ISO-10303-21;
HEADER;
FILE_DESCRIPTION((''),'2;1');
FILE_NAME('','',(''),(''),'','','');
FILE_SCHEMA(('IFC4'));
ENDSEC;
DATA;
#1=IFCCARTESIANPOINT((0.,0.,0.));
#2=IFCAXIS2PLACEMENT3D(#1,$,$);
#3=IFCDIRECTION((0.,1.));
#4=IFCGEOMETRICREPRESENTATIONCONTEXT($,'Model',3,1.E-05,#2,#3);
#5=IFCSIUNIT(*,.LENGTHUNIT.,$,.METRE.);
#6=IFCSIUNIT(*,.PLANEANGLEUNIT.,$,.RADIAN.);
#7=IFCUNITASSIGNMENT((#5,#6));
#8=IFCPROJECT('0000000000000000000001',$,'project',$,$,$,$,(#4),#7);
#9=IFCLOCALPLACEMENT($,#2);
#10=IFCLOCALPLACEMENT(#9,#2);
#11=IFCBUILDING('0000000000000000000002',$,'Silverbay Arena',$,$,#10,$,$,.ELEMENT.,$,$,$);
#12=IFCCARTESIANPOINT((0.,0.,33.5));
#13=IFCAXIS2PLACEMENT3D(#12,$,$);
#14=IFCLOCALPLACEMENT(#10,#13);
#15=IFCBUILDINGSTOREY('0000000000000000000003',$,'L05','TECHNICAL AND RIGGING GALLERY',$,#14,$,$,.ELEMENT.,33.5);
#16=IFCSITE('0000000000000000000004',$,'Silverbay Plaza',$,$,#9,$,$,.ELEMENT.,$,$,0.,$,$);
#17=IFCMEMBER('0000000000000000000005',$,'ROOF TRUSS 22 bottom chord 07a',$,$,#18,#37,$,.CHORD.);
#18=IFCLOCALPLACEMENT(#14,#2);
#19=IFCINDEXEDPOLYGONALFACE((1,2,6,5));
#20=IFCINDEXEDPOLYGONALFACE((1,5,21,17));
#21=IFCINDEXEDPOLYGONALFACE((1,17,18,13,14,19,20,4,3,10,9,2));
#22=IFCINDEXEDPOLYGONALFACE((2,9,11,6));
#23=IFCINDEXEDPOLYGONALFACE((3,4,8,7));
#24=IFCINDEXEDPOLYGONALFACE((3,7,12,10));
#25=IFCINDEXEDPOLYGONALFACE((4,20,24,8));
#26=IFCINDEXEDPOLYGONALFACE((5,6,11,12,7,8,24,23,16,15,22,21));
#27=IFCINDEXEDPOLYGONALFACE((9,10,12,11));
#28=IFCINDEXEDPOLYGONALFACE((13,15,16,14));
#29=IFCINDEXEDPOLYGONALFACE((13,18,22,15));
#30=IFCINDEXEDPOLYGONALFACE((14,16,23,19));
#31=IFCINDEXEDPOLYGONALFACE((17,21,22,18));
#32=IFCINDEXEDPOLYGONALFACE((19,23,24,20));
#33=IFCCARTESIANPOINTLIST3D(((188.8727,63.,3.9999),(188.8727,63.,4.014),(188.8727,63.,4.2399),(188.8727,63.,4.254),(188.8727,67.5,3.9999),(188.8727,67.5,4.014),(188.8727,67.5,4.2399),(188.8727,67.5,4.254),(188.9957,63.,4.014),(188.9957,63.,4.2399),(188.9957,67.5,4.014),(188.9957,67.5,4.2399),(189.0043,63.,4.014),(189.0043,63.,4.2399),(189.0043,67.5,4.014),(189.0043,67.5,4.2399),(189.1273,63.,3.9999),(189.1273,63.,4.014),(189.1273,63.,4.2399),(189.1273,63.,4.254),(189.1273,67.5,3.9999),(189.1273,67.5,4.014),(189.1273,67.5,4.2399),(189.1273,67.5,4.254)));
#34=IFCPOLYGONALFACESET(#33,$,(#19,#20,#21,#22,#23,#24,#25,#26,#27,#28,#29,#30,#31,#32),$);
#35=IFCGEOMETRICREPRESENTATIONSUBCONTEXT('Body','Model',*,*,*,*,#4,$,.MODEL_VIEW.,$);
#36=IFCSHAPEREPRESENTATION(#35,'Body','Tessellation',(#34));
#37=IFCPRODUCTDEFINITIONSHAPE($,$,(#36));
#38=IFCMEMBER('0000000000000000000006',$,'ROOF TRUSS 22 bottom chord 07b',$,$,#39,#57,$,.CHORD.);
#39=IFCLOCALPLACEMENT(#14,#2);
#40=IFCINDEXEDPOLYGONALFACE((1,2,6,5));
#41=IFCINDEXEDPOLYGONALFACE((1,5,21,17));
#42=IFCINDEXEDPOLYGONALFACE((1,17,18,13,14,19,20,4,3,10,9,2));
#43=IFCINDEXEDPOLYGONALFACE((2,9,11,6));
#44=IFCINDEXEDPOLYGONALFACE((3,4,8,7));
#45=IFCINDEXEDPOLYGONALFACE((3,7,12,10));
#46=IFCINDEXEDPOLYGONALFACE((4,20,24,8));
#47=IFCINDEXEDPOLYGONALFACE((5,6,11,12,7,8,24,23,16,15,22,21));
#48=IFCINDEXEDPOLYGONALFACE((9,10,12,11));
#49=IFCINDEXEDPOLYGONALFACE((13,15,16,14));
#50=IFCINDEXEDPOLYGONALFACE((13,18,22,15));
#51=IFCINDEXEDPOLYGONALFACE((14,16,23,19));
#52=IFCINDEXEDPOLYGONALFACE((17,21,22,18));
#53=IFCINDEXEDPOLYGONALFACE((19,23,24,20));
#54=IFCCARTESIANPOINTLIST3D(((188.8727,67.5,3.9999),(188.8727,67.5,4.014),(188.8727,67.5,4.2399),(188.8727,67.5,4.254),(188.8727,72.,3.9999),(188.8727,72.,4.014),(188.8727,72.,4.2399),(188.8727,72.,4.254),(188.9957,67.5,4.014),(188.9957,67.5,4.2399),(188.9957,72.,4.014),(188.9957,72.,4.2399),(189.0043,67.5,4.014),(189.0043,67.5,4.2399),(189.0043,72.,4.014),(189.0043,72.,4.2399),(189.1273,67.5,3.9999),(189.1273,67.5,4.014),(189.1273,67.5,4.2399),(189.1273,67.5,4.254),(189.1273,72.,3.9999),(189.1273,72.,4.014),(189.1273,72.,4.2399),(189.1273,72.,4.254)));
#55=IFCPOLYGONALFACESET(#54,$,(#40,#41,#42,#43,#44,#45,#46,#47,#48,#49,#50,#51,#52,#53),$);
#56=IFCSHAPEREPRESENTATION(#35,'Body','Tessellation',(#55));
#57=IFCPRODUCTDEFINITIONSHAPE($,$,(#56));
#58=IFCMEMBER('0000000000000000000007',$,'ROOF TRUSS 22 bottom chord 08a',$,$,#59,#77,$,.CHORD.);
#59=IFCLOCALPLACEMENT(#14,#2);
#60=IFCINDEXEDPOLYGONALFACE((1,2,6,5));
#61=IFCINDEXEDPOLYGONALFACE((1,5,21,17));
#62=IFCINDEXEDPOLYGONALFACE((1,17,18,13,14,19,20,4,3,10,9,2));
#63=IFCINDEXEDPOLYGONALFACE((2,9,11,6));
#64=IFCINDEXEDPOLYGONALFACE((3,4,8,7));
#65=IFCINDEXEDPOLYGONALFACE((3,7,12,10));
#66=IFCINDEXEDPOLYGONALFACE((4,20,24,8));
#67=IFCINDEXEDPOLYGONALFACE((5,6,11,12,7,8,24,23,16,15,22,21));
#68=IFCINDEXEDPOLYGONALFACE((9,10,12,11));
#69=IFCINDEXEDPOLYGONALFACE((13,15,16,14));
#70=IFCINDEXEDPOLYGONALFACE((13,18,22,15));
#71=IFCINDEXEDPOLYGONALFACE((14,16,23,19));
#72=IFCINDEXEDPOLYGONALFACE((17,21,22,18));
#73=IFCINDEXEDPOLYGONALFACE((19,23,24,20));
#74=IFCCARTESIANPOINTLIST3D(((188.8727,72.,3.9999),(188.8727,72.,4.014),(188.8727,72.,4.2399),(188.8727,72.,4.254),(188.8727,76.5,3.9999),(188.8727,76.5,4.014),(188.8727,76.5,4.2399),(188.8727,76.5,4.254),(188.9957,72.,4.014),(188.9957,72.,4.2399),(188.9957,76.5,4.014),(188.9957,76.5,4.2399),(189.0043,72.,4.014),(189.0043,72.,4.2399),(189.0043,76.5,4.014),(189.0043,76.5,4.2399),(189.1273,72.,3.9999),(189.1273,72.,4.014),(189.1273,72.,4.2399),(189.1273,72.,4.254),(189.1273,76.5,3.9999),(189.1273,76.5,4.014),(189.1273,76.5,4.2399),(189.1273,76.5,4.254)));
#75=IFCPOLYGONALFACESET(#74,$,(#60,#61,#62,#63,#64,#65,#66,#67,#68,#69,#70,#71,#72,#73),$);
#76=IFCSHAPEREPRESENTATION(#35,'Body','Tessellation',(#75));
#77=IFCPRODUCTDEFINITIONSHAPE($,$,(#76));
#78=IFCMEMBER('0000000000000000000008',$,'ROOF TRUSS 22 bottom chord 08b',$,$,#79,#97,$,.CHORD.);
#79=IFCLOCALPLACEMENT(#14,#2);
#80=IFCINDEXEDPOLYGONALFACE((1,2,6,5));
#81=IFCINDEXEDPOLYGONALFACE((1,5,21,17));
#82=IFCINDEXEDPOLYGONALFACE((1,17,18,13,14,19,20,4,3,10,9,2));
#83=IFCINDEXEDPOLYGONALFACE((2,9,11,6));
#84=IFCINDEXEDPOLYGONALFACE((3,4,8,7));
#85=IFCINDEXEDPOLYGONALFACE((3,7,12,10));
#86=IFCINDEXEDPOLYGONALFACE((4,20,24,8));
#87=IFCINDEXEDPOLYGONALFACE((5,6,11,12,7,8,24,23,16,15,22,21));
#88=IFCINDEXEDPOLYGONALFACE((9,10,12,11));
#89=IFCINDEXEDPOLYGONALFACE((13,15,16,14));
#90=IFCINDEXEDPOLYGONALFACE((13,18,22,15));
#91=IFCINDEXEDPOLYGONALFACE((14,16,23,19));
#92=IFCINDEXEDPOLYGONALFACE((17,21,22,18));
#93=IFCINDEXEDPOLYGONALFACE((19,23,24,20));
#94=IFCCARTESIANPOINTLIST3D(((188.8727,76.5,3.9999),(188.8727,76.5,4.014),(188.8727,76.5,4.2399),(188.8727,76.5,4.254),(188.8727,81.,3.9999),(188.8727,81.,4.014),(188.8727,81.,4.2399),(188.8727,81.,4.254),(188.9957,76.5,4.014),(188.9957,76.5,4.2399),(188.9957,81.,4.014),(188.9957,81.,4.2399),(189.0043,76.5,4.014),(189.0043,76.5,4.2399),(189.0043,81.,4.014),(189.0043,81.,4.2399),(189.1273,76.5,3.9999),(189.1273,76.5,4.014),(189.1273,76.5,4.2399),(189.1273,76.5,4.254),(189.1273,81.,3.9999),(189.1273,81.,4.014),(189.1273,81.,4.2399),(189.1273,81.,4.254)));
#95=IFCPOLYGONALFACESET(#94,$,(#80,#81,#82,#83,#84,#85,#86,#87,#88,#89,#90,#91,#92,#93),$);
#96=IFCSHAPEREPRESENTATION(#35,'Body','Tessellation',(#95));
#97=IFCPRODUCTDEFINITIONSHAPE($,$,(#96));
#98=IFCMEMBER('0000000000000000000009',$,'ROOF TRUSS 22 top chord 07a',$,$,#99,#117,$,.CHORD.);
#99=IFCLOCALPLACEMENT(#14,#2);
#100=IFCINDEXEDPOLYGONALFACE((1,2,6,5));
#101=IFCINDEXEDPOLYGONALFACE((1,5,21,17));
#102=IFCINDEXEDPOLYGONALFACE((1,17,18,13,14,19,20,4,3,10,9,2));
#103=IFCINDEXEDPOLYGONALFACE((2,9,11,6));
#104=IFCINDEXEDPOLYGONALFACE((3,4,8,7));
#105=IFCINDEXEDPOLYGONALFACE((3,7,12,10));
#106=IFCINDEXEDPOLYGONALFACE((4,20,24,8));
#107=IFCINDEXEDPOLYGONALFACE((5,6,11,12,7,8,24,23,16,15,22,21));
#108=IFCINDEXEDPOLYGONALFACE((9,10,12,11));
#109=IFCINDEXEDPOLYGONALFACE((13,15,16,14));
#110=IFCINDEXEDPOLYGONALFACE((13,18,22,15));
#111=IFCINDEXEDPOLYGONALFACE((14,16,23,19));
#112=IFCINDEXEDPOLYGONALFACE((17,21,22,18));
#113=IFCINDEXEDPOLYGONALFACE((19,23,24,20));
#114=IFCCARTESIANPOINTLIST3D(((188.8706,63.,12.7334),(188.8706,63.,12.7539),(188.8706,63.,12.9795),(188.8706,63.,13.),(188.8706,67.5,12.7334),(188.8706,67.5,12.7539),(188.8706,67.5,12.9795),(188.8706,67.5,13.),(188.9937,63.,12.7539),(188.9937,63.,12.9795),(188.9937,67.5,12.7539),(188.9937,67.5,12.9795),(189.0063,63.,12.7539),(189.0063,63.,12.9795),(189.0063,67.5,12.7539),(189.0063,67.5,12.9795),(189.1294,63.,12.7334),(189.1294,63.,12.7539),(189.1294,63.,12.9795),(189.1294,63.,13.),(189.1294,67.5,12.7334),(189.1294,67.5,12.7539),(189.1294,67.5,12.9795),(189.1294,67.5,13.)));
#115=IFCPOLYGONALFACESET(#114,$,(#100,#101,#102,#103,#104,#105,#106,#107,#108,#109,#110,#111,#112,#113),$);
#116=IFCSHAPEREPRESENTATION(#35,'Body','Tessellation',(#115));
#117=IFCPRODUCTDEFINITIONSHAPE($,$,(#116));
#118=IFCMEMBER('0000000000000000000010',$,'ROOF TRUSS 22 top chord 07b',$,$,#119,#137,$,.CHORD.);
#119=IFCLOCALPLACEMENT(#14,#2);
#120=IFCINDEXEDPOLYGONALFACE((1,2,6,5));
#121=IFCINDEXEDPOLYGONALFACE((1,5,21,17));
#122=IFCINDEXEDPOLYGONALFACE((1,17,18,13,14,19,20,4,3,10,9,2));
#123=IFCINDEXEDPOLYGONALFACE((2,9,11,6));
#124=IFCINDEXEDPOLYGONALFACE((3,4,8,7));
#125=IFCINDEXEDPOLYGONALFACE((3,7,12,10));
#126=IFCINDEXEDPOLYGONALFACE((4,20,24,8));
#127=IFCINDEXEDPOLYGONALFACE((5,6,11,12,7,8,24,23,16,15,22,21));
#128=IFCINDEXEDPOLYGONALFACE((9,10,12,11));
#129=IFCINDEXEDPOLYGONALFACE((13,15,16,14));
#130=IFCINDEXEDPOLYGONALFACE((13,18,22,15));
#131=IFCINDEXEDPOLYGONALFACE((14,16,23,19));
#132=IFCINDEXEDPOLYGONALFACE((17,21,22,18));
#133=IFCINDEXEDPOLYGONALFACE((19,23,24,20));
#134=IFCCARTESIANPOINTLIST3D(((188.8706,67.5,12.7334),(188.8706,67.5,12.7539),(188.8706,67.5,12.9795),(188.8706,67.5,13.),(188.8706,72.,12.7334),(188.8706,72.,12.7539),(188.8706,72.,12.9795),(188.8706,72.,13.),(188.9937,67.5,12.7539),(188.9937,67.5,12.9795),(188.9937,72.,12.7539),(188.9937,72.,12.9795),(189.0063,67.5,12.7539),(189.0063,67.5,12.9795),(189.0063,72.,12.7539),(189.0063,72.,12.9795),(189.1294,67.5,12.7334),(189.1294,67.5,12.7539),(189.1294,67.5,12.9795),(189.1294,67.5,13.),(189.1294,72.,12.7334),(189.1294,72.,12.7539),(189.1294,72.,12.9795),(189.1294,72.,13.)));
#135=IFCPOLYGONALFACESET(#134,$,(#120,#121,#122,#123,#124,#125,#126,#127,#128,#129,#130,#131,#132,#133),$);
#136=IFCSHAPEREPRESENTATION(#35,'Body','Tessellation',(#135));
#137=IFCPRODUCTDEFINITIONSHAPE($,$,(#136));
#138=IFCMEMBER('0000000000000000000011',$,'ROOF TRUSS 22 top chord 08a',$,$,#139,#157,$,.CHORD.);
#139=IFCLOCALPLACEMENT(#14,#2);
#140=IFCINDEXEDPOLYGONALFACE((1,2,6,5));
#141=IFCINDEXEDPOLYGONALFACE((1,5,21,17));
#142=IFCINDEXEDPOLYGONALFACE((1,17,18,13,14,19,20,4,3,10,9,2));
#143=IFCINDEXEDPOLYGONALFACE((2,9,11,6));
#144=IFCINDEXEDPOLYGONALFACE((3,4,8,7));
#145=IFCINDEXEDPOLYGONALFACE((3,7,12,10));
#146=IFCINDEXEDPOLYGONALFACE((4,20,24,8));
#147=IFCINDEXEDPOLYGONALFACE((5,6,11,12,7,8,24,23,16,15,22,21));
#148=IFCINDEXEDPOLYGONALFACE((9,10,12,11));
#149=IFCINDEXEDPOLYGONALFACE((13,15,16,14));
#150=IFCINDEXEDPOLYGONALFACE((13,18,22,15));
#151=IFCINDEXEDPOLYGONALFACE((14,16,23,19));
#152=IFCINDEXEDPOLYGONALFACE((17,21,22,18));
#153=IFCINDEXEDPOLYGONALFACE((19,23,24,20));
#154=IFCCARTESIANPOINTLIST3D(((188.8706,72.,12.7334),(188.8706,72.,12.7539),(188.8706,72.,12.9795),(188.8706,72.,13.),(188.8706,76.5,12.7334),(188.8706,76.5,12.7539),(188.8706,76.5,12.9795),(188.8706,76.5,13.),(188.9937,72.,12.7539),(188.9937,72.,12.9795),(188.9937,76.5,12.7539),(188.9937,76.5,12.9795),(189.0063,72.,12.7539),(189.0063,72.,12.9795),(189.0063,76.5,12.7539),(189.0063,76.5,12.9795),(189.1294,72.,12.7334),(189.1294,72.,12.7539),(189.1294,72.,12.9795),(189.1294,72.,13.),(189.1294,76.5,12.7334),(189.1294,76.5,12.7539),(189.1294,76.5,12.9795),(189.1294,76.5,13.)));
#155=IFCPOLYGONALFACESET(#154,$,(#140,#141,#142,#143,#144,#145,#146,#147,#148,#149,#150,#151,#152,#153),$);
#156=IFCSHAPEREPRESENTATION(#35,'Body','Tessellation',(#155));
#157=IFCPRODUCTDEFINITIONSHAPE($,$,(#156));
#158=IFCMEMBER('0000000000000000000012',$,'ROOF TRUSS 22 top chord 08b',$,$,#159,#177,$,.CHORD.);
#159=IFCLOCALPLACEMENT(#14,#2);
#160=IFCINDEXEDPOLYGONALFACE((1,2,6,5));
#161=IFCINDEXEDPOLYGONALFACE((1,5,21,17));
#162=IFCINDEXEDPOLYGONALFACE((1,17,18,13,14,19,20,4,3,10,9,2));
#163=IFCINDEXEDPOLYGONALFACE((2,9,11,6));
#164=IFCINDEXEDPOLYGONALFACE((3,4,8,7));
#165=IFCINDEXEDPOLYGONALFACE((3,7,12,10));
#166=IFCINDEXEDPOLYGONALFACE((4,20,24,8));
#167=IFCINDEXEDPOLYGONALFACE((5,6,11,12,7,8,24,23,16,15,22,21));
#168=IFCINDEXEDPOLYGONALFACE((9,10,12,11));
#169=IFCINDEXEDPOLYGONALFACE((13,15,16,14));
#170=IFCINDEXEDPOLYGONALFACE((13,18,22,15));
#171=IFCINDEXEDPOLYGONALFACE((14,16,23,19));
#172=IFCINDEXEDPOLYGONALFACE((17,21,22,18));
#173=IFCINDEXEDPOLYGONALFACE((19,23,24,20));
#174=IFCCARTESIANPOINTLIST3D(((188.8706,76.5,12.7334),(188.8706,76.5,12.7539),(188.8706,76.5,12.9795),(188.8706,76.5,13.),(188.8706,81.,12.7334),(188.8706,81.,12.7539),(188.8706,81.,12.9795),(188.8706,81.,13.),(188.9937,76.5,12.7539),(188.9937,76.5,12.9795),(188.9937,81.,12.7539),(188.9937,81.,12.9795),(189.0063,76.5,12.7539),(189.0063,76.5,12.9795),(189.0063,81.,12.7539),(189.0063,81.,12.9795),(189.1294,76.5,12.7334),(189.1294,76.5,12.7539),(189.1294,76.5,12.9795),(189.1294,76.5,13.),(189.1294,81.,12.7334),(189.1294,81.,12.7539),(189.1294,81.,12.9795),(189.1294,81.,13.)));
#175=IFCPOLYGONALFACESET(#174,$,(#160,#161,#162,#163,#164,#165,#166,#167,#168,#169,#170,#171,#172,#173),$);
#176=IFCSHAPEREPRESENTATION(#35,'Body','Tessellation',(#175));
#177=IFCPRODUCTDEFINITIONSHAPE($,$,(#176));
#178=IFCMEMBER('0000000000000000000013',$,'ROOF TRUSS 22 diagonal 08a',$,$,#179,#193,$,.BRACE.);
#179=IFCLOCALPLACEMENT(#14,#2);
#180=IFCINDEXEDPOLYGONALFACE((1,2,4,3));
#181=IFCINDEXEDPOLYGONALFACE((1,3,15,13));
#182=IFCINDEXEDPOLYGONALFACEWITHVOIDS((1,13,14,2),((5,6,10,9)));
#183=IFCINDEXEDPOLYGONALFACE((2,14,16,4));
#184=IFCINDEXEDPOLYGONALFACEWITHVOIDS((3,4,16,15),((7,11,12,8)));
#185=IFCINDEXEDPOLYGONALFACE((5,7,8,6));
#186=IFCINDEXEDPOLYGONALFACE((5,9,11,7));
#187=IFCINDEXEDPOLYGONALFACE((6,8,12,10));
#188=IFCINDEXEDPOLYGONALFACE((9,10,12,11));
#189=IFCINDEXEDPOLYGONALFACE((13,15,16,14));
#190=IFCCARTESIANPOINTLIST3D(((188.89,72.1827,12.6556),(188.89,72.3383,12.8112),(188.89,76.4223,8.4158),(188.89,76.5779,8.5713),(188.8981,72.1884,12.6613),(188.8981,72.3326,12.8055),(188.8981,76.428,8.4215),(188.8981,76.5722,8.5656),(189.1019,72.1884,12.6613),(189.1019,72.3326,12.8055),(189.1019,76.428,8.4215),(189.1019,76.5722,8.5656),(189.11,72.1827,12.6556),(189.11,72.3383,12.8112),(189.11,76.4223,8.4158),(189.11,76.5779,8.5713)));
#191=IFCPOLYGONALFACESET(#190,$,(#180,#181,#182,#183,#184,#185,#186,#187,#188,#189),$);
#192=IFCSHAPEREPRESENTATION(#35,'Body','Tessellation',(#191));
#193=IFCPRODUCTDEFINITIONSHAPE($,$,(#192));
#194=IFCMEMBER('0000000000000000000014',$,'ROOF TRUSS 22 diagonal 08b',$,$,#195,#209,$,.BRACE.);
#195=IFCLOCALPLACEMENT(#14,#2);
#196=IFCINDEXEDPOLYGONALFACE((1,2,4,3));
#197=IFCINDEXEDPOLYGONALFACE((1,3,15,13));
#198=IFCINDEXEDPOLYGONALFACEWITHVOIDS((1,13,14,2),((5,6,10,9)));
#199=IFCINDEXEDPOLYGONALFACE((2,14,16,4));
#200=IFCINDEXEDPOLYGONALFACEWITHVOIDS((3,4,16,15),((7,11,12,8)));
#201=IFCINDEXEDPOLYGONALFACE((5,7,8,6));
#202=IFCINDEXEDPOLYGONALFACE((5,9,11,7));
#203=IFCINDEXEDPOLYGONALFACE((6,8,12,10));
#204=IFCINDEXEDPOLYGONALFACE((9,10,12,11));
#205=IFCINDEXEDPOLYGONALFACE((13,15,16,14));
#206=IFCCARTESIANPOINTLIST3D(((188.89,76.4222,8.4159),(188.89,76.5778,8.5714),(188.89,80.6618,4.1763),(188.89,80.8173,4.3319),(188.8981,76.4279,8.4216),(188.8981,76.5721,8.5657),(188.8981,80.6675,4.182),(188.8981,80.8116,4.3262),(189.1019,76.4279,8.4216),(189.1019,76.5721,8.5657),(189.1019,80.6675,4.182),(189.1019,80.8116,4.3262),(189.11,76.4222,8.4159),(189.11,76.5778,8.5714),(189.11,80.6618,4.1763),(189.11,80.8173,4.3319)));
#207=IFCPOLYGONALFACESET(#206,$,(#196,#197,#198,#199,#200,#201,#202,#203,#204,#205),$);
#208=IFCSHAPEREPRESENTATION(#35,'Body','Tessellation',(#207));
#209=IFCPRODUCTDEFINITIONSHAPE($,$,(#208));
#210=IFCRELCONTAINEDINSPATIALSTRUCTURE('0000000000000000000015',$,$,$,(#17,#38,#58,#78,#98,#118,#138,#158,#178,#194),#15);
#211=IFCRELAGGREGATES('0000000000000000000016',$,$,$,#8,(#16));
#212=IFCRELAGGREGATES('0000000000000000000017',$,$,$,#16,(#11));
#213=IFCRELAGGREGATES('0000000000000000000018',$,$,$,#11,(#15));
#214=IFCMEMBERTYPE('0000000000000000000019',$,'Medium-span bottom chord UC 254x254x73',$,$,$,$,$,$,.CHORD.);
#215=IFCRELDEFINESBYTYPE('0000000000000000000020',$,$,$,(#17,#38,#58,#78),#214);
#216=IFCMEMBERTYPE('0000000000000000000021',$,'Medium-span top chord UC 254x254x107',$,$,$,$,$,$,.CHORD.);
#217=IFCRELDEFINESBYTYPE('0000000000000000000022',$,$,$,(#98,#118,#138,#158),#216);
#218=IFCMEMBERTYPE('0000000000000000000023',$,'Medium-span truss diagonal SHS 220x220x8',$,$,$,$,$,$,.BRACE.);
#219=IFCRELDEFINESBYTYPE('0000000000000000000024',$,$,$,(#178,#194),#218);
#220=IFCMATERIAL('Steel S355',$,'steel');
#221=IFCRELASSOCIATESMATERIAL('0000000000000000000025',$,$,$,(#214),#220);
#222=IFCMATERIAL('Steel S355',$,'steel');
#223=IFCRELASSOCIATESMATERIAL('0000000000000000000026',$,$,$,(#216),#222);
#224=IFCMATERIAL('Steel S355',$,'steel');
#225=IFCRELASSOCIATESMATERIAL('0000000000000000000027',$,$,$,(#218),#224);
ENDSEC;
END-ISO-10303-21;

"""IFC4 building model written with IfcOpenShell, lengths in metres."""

from ifc_helpers import new_model, si_unit, direction, frame, origin, origin_2d, place, context, subcontext, project, spatial, hollow_rectangle, i_section, extrude, material, material_profile, profile_set, type_object, element, save


model = new_model("IFC4")

# Units and contexts
model_context = context("Model", 3, precision=1e-05, world=origin(), true_north=direction((0.0, 1.0)))
body_context = subcontext(model_context, "Body", "Model", "MODEL_VIEW")
ifc_project = project(units=[si_unit("LENGTHUNIT", "METRE"), si_unit("PLANEANGLEUNIT", "RADIAN")], contexts=[model_context])

# Site, building, storey
site_placement = place(None, origin())
site = spatial("IfcSite", under=ifc_project, at=site_placement, Name="Silverbay Plaza", CompositionType="ELEMENT", RefElevation=0.0)
building_placement = place(site_placement, origin())
building = spatial("IfcBuilding", under=site, at=building_placement, Name="Silverbay Arena", CompositionType="ELEMENT")
storey_placement = place(building_placement, frame((0.0, 0.0, 33.5)))
storey = spatial("IfcBuildingStorey", under=building, at=storey_placement, Name="L05", Description="TECHNICAL AND RIGGING GALLERY", CompositionType="ELEMENT", Elevation=33.5)

# Members
ifc_material_1 = material(Name="Steel S355", Category="steel")
ifc_material_profile_1 = material_profile(ifc_material_1, i_section(OverallWidth=0.2546, OverallDepth=0.2542, WebThickness=0.0085, FlangeThickness=0.0142, at=origin_2d()), Name="UC 254x254x73")
ifc_profile_set_1 = profile_set([ifc_material_profile_1], Name="Steel S355")
member_type_1 = type_object("IfcMemberType", Name="Medium-span bottom chord UC 254x254x73", PredefinedType="CHORD", material=ifc_profile_set_1)
for number, where, z_axis, x_axis, name in (
    (1, (189.0, 63.0, 4.127), (0.0, 1.0, 0.0), (-1.0, 0.0, 0.0), "ROOF TRUSS 22 bottom chord 07a"),
    (2, (189.0, 67.5, 4.127), (0.0, 1.0, 0.0), (-1.0, 0.0, 0.0), "ROOF TRUSS 22 bottom chord 07b"),
    (3, (189.0, 72.0, 4.127), (0.0, 1.0, 0.0), (-1.0, 0.0, 0.0), "ROOF TRUSS 22 bottom chord 08a"),
    (4, (189.0, 76.5, 4.127), (0.0, 1.0, 0.0), (-1.0, 0.0, 0.0), "ROOF TRUSS 22 bottom chord 08b"),
):
    element("IfcMember", number, at=place(storey_placement, frame(where, z_axis=z_axis, x_axis=x_axis)), inside=storey, type_object=member_type_1, Name=name, PredefinedType="CHORD", context=body_context, shape_type="SweptSolid", body=[
        extrude(i_section(OverallWidth=0.2546, OverallDepth=0.2542, WebThickness=0.0085, FlangeThickness=0.0142, at=origin_2d()), origin(), (0.0, 0.0, 1.0), 4.5),
    ])
ifc_material_2 = material(Name="Steel S355", Category="steel")
ifc_material_profile_2 = material_profile(ifc_material_2, i_section(OverallWidth=0.2588, OverallDepth=0.2666, WebThickness=0.0127, FlangeThickness=0.0205, at=origin_2d()), Name="UC 254x254x107")
ifc_profile_set_2 = profile_set([ifc_material_profile_2], Name="Steel S355")
member_type_2 = type_object("IfcMemberType", Name="Medium-span top chord UC 254x254x107", PredefinedType="CHORD", material=ifc_profile_set_2)
for number, where, z_axis, x_axis, name in (
    (5, (189.0, 63.0, 12.8667), (0.0, 1.0, 0.0), (-1.0, 0.0, 0.0), "ROOF TRUSS 22 top chord 07a"),
    (6, (189.0, 67.5, 12.8667), (0.0, 1.0, 0.0), (-1.0, 0.0, 0.0), "ROOF TRUSS 22 top chord 07b"),
    (7, (189.0, 72.0, 12.8667), (0.0, 1.0, 0.0), (-1.0, 0.0, 0.0), "ROOF TRUSS 22 top chord 08a"),
    (8, (189.0, 76.5, 12.8667), (0.0, 1.0, 0.0), (-1.0, 0.0, 0.0), "ROOF TRUSS 22 top chord 08b"),
):
    element("IfcMember", number, at=place(storey_placement, frame(where, z_axis=z_axis, x_axis=x_axis)), inside=storey, type_object=member_type_2, Name=name, PredefinedType="CHORD", context=body_context, shape_type="SweptSolid", body=[
        extrude(i_section(OverallWidth=0.2588, OverallDepth=0.2666, WebThickness=0.0127, FlangeThickness=0.0205, at=origin_2d()), origin(), (0.0, 0.0, 1.0), 4.5),
    ])
ifc_material_3 = material(Name="Steel S355", Category="steel")
ifc_material_profile_3 = material_profile(ifc_material_3, hollow_rectangle(XDim=0.22, YDim=0.22, WallThickness=0.0081, at=origin_2d()), Name="SHS 220x220x8")
ifc_profile_set_3 = profile_set([ifc_material_profile_3], Name="Steel S355")
member_type_3 = type_object("IfcMemberType", Name="Medium-span truss diagonal SHS 220x220x8", PredefinedType="BRACE", material=ifc_profile_set_3)
member_1_placement = place(storey_placement, frame((189.0, 72.2605, 12.7334), z_axis=(0.0, 0.707086, -0.707127), x_axis=(-1.0, 0.0, 0.0)))
element("IfcMember", 9, at=member_1_placement, inside=storey, type_object=member_type_3, Name="ROOF TRUSS 22 diagonal 08a", PredefinedType="BRACE", context=body_context, shape_type="SweptSolid", body=[
    extrude(hollow_rectangle(XDim=0.22, YDim=0.22, WallThickness=0.0081, at=origin_2d()), origin(), (0.0, 0.0, 1.0), 5.9958),
])
member_2_placement = place(storey_placement, frame((189.0, 76.5, 8.4937), z_axis=(0.0, 0.707107, -0.707107), x_axis=(-1.0, 0.0, 0.0)))
element("IfcMember", 10, at=member_2_placement, inside=storey, type_object=member_type_3, Name="ROOF TRUSS 22 diagonal 08b", PredefinedType="BRACE", context=body_context, shape_type="SweptSolid", body=[
    extrude(hollow_rectangle(XDim=0.22, YDim=0.22, WallThickness=0.0081, at=origin_2d()), origin(), (0.0, 0.0, 1.0), 5.9956),
])

save(model, "model.ifc")
